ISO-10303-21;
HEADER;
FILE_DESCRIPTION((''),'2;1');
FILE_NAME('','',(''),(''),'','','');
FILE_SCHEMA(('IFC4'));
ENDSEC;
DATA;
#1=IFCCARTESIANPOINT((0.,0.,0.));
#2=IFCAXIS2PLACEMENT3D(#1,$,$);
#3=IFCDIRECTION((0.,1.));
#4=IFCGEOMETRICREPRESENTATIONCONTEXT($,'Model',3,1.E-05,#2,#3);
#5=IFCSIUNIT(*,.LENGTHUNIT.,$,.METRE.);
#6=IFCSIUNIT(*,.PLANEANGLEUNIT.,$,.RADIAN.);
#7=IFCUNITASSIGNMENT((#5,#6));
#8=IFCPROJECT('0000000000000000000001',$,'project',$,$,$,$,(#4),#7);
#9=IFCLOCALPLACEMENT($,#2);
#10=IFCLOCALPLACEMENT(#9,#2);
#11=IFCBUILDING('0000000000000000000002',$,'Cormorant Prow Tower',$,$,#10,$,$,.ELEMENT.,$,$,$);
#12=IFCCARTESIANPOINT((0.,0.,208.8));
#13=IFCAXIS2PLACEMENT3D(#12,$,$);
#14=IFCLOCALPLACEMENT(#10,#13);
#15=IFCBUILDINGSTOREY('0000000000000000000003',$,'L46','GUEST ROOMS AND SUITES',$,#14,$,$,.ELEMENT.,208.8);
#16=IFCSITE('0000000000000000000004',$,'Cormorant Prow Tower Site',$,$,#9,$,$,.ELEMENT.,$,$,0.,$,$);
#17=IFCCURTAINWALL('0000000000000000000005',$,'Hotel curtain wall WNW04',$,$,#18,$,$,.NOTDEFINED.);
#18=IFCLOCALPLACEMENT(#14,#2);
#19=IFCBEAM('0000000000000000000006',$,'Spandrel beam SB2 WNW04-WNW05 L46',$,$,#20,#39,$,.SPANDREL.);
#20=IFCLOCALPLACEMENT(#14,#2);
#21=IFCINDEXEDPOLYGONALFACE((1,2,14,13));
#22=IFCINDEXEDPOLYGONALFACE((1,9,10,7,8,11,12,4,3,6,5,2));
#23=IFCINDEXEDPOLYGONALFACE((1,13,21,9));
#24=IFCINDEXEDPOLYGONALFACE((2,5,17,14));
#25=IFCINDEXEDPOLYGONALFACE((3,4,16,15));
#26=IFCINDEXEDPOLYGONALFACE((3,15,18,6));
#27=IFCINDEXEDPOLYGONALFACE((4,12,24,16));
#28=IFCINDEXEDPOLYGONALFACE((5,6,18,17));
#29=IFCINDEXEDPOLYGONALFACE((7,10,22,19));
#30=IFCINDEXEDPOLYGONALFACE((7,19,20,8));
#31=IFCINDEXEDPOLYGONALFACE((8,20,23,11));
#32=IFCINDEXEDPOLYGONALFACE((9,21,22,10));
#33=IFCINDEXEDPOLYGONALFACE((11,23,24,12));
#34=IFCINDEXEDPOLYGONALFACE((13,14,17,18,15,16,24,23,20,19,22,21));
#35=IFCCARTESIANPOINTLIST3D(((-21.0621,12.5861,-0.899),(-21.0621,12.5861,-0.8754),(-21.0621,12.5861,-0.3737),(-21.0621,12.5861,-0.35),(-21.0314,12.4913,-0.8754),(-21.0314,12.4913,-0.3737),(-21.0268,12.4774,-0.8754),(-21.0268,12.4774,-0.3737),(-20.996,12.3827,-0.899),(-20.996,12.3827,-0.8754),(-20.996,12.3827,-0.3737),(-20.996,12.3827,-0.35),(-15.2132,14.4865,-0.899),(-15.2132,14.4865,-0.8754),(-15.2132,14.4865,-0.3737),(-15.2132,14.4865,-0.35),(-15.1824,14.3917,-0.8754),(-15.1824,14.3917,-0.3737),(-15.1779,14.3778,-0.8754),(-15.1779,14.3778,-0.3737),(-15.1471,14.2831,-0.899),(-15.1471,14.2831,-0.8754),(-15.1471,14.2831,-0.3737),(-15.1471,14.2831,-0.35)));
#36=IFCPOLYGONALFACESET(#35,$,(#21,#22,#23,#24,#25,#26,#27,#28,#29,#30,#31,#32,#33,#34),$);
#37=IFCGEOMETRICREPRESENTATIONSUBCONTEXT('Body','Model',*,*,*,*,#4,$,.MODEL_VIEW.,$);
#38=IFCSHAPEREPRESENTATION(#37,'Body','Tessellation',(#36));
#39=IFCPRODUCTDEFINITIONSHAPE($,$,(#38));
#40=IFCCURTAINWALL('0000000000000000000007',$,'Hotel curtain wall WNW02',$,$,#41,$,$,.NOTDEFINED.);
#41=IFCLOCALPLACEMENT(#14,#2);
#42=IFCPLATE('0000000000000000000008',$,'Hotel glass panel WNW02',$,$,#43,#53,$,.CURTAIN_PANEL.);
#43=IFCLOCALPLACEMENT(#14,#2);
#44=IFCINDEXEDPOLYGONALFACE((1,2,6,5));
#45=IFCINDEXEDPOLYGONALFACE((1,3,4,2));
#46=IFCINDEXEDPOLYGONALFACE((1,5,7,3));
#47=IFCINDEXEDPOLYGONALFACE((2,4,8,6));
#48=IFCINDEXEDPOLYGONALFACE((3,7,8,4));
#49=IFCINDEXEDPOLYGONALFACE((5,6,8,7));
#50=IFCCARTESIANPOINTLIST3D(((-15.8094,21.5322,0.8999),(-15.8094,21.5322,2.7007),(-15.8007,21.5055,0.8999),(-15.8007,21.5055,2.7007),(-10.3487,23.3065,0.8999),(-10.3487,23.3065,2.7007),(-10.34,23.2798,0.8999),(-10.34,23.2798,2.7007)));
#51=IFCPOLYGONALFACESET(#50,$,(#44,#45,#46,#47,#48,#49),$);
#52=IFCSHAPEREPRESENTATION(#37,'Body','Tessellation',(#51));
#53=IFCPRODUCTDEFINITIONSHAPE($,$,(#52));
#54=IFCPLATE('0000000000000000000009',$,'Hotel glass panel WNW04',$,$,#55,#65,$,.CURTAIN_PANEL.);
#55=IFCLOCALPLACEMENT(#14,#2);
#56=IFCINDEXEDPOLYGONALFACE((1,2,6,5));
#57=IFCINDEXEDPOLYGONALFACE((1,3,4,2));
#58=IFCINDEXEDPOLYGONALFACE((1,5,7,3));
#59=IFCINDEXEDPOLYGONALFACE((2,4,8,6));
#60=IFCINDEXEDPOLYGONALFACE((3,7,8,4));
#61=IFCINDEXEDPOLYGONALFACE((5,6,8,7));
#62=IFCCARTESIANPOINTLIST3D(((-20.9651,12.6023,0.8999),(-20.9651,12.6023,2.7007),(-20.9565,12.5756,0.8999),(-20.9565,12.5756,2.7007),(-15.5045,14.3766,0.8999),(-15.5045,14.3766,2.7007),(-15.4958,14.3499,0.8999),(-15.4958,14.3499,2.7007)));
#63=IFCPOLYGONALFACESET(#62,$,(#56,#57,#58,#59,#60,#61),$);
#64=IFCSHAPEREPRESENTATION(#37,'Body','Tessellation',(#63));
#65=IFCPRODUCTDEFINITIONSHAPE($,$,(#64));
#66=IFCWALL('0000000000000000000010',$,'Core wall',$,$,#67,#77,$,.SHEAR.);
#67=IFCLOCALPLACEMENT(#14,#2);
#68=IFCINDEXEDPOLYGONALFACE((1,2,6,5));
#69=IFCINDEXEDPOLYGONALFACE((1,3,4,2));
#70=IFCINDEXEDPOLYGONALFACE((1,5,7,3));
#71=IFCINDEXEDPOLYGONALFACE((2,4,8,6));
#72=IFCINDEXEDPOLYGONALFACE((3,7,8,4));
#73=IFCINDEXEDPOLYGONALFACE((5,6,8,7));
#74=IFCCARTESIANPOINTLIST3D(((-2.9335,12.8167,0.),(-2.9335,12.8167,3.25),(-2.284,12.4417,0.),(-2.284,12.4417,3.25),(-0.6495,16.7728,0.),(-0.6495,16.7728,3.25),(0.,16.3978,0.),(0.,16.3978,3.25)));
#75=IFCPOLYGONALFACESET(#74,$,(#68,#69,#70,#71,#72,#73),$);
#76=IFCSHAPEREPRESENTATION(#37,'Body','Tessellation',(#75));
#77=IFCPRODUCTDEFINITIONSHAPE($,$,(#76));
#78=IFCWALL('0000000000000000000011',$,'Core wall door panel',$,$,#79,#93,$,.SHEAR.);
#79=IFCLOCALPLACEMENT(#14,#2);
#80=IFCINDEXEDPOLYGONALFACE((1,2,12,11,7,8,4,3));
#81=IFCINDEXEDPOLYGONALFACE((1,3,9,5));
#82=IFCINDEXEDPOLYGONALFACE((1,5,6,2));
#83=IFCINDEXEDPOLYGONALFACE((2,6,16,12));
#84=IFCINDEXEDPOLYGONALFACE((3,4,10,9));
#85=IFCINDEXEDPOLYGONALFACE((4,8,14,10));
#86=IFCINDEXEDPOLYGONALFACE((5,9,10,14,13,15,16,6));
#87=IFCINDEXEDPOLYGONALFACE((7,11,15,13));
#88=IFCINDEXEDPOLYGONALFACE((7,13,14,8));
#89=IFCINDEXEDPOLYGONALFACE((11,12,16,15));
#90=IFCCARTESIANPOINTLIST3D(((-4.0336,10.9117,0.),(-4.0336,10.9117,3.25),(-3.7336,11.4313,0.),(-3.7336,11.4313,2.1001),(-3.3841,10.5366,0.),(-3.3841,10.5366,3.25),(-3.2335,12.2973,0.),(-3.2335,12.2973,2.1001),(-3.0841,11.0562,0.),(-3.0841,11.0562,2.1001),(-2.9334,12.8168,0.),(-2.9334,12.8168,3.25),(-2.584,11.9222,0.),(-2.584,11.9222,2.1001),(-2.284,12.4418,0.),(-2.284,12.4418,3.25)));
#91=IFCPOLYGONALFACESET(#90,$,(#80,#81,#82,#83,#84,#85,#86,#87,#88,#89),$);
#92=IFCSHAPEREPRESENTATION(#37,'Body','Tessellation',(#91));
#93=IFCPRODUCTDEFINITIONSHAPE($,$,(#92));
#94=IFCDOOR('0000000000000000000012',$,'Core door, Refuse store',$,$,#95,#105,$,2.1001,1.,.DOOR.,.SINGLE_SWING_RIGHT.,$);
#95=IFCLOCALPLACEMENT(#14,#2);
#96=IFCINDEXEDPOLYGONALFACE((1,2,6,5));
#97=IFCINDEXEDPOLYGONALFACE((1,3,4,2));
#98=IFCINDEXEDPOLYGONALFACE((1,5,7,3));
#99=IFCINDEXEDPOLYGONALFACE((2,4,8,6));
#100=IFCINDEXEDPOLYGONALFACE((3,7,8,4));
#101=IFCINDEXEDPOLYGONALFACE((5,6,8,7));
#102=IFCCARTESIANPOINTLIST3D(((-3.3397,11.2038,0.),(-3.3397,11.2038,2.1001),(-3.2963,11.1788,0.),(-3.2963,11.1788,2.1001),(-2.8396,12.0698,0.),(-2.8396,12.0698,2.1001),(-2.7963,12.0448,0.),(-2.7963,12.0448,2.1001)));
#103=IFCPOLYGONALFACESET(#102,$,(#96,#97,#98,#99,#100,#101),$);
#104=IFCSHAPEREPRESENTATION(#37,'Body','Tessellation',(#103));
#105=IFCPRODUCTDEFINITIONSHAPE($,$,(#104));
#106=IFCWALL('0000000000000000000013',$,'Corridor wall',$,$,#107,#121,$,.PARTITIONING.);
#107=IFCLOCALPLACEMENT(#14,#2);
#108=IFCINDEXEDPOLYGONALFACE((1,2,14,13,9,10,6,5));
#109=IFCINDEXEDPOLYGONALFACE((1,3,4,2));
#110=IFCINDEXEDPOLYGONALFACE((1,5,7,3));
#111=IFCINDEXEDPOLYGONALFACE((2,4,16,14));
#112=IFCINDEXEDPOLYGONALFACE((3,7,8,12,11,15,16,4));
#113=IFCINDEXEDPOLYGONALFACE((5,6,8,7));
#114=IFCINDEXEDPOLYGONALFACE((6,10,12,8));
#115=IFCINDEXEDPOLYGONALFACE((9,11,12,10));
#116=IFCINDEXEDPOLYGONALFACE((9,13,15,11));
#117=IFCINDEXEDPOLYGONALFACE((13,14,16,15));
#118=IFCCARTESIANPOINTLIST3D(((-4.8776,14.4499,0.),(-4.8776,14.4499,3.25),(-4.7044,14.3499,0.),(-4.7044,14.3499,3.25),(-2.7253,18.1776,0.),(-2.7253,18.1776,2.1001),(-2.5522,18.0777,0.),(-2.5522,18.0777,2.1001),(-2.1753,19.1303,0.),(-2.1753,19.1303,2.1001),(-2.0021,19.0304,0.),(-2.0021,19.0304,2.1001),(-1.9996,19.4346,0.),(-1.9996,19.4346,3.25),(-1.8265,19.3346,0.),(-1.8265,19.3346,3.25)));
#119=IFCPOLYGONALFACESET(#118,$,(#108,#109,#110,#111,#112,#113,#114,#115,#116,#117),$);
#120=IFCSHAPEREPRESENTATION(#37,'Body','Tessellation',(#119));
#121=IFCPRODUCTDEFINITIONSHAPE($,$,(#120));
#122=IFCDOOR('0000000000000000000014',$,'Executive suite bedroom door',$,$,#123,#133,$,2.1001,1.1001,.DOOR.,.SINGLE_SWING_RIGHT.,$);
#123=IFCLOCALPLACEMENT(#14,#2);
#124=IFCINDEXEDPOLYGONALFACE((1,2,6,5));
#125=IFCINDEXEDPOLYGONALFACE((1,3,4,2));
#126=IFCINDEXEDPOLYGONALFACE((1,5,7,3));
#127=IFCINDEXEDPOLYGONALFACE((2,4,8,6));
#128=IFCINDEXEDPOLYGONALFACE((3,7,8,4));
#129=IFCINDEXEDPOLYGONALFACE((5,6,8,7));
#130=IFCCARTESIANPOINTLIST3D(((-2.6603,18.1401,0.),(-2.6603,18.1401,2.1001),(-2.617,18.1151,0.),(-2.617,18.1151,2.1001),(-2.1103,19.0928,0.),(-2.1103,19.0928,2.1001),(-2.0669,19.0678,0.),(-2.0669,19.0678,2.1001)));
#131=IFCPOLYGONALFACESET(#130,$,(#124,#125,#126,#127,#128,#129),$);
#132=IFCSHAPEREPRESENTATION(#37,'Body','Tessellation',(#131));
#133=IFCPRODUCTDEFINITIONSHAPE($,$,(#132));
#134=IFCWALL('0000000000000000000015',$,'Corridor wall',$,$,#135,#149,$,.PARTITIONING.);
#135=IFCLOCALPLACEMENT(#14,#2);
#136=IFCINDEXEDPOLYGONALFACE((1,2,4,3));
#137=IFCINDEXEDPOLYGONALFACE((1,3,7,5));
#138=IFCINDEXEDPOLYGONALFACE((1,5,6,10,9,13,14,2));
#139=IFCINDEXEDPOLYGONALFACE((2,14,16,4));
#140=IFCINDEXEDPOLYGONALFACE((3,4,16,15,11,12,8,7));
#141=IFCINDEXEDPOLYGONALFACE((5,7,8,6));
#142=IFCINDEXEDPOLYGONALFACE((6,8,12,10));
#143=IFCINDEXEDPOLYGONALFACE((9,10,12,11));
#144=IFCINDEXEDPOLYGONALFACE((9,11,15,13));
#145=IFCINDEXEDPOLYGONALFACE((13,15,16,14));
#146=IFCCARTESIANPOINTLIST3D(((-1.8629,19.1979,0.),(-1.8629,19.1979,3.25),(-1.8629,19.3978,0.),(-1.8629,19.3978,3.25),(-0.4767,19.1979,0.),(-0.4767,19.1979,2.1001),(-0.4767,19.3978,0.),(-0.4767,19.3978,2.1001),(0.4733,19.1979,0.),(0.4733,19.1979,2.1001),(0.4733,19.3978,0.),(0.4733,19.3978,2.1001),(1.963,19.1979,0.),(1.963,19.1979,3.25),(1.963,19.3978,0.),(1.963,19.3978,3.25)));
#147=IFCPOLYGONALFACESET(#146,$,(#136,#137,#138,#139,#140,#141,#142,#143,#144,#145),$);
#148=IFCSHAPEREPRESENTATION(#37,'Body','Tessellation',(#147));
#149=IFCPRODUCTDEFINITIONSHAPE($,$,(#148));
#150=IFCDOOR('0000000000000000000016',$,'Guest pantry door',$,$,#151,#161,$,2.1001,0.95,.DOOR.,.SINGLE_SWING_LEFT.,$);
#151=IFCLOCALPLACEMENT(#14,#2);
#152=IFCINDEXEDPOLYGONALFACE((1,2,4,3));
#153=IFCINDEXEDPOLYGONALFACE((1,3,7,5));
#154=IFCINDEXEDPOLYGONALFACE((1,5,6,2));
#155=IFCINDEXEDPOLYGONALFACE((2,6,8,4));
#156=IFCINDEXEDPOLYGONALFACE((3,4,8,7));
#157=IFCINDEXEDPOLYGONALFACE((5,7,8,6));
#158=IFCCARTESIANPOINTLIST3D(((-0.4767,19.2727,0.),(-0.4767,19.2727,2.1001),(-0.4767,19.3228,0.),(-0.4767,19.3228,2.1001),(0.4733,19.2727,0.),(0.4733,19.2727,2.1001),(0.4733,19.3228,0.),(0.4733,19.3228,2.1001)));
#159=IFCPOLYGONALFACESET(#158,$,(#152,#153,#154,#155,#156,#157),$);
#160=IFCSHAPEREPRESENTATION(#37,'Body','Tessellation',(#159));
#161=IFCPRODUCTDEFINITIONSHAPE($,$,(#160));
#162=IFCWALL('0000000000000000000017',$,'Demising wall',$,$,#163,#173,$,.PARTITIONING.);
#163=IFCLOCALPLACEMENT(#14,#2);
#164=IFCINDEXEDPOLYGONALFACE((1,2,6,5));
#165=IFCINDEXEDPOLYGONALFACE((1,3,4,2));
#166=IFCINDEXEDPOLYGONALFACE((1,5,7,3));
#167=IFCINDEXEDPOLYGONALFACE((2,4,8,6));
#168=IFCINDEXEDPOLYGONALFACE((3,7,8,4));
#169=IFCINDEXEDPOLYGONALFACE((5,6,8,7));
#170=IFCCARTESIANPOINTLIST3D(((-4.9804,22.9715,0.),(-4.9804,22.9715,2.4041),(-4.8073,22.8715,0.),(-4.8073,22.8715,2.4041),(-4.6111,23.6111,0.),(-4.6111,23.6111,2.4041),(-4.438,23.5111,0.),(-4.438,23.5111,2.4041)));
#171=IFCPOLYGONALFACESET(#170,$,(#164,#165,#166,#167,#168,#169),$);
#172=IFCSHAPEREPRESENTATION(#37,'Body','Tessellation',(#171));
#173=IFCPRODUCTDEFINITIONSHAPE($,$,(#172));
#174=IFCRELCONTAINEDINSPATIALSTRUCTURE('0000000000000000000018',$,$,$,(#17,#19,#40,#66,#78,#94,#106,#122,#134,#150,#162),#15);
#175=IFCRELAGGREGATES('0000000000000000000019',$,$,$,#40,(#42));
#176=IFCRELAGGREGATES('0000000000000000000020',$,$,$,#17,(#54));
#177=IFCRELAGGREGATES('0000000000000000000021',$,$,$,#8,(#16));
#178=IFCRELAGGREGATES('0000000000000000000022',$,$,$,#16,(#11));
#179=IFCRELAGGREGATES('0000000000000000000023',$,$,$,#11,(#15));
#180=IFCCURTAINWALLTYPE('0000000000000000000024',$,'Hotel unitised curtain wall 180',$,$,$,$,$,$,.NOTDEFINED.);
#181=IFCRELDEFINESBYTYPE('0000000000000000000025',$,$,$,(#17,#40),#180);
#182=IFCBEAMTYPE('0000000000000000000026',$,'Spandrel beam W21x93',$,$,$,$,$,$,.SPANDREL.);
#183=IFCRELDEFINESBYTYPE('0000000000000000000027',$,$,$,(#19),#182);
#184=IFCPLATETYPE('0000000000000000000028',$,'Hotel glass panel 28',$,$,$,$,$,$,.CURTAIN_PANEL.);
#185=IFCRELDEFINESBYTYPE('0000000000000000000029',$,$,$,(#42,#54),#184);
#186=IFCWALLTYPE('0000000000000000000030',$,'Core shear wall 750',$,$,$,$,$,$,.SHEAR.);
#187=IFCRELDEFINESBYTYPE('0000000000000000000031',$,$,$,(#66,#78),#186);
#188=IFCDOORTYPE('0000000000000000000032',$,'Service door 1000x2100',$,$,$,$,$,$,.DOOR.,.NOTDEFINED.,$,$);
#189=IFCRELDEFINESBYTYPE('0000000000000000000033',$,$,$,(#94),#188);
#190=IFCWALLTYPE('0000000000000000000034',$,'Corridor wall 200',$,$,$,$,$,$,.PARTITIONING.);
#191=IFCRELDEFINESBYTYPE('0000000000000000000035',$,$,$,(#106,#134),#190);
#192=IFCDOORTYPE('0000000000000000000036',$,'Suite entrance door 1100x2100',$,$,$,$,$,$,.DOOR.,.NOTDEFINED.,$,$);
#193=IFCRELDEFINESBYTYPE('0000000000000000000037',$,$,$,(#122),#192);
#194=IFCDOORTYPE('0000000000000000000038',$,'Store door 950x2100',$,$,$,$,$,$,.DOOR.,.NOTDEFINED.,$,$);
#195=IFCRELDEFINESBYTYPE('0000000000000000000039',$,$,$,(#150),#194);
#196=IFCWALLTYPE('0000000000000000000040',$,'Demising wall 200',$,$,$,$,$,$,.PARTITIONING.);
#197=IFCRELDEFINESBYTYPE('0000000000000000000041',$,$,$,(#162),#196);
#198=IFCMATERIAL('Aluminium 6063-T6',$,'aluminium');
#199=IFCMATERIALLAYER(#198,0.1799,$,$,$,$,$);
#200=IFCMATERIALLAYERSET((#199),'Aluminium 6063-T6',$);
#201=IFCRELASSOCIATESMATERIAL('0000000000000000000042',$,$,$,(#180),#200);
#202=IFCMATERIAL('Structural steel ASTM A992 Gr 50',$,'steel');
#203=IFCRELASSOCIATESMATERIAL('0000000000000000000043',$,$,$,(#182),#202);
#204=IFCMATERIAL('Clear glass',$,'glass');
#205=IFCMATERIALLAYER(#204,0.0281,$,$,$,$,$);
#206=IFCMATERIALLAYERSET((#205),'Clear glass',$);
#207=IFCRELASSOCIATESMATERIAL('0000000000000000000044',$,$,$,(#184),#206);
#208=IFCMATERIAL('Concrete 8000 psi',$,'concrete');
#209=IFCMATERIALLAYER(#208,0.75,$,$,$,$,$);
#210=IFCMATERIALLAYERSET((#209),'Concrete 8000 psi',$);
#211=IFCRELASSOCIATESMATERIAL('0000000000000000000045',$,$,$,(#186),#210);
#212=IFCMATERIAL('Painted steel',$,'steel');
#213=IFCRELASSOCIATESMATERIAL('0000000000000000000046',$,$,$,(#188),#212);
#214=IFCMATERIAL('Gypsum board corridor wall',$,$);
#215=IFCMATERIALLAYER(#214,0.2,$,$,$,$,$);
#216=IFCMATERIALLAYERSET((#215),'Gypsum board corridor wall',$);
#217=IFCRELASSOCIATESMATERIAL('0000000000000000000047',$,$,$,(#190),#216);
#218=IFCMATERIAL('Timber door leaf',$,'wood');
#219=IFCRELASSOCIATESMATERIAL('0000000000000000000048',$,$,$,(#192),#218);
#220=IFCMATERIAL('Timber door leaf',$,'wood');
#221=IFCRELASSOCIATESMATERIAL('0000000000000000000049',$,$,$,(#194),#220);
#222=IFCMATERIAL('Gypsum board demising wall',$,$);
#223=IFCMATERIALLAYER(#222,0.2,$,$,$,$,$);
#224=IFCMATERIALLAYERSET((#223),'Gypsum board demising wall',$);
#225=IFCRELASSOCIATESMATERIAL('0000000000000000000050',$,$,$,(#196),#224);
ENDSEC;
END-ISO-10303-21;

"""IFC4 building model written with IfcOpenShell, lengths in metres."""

from ifc_helpers import new_model, si_unit, direction, frame, frame_2d, origin, origin_2d, place, context, subcontext, project, spatial, rectangle, i_section, extrude, material, layer, layer_set, material_profile, profile_set, type_object, element, fill, aggregate, save


model = new_model("IFC4")

# Units and contexts
model_context = context("Model", 3, precision=1e-05, world=origin(), true_north=direction((0.0, 1.0)))
body_context = subcontext(model_context, "Body", "Model", "MODEL_VIEW")
ifc_project = project(units=[si_unit("LENGTHUNIT", "METRE"), si_unit("PLANEANGLEUNIT", "RADIAN")], contexts=[model_context])

# Site, building, storey
site_placement = place(None, origin())
site = spatial("IfcSite", under=ifc_project, at=site_placement, Name="Cormorant Prow Tower Site", CompositionType="ELEMENT", RefElevation=0.0)
building_placement = place(site_placement, origin())
building = spatial("IfcBuilding", under=site, at=building_placement, Name="Cormorant Prow Tower", CompositionType="ELEMENT")
storey_placement = place(building_placement, frame((0.0, 0.0, 208.8)))
storey = spatial("IfcBuildingStorey", under=building, at=storey_placement, Name="L46", Description="GUEST ROOMS AND SUITES", CompositionType="ELEMENT", Elevation=208.8)

# Curtain wall
ifc_material_1 = material(Name="Aluminium 6063-T6", Category="aluminium")
ifc_layer_1 = layer(ifc_material_1, 0.1799)
ifc_layer_set_1 = layer_set([ifc_layer_1], Name="Aluminium 6063-T6")
curtain_wall_type = type_object("IfcCurtainWallType", Name="Hotel unitised curtain wall 180", PredefinedType="NOTDEFINED", material=ifc_layer_set_1)
curtain_wall_1_placement = place(storey_placement, origin())
curtain_wall_1 = element("IfcCurtainWall", 1, at=curtain_wall_1_placement, inside=storey, type_object=curtain_wall_type, Name="Hotel curtain wall WNW04", PredefinedType="NOTDEFINED")

# Beam
ifc_material_2 = material(Name="Structural steel ASTM A992 Gr 50", Category="steel")
ifc_material_profile_1 = material_profile(ifc_material_2, i_section(OverallWidth=0.2139, OverallDepth=0.5491, WebThickness=0.0146, FlangeThickness=0.0237, at=origin_2d()), Name="W21x93")
ifc_profile_set_1 = profile_set([ifc_material_profile_1], Name="Structural steel ASTM A992 Gr 50")
beam_type_1 = type_object("IfcBeamType", Name="Spandrel beam W21x93", PredefinedType="SPANDREL", material=ifc_profile_set_1)
beam_1_placement = place(storey_placement, frame((-15.1802, 14.3848, -0.6245), z_axis=(-0.951058, -0.309013, 0.0), x_axis=(0.309013, -0.951058, 0.0)))
element("IfcBeam", 2, at=beam_1_placement, inside=storey, type_object=beam_type_1, Name="Spandrel beam SB2 WNW04-WNW05 L46", PredefinedType="SPANDREL", context=body_context, shape_type="SweptSolid", body=[
    extrude(i_section(OverallWidth=0.2139, OverallDepth=0.5491, WebThickness=0.0146, FlangeThickness=0.0237, at=origin_2d()), origin(), (0.0, 0.0, 1.0), 6.1499),
])

# Curtain wall, plate
curtain_wall_2_placement = place(storey_placement, origin())
curtain_wall_2 = element("IfcCurtainWall", 3, at=curtain_wall_2_placement, inside=storey, type_object=curtain_wall_type, Name="Hotel curtain wall WNW02", PredefinedType="NOTDEFINED")
ifc_material_3 = material(Name="Clear glass", Category="glass")
ifc_layer_2 = layer(ifc_material_3, 0.0281)
ifc_layer_set_2 = layer_set([ifc_layer_2], Name="Clear glass")
plate_type = type_object("IfcPlateType", Name="Hotel glass panel 28", PredefinedType="CURTAIN_PANEL", material=ifc_layer_set_2)
plate_1_placement = place(storey_placement, frame((-13.0747, 22.406, 0.8999), z_axis=(0.0, 0.0, 1.0), x_axis=(-0.951057, -0.309017, 0.0)))
plate_1 = element("IfcPlate", 4, at=plate_1_placement, type_object=plate_type, Name="Hotel glass panel WNW02", PredefinedType="CURTAIN_PANEL", context=body_context, shape_type="SweptSolid", body=[
    extrude(rectangle(XDim=5.7417, YDim=0.0281, at=origin_2d()), origin(), (0.0, 0.0, 1.0), 1.8008),
])
aggregate(curtain_wall_2, [plate_1])

# Plate
plate_2_placement = place(storey_placement, frame((-18.2305, 13.4761, 0.8999), z_axis=(0.0, 0.0, 1.0), x_axis=(-0.951057, -0.309017, 0.0)))
plate_2 = element("IfcPlate", 5, at=plate_2_placement, type_object=plate_type, Name="Hotel glass panel WNW04", PredefinedType="CURTAIN_PANEL", context=body_context, shape_type="SweptSolid", body=[
    extrude(rectangle(XDim=5.7417, YDim=0.0281, at=origin_2d()), origin(), (0.0, 0.0, 1.0), 1.8008),
])
aggregate(curtain_wall_1, [plate_2])

# Wall
ifc_material_4 = material(Name="Concrete 8000 psi", Category="concrete")
ifc_layer_3 = layer(ifc_material_4, 0.75)
ifc_layer_set_3 = layer_set([ifc_layer_3], Name="Concrete 8000 psi")
wall_type_1 = type_object("IfcWallType", Name="Core shear wall 750", PredefinedType="SHEAR", material=ifc_layer_set_3)
wall_1_placement = place(storey_placement, frame((-0.3247, 16.5854, 0.0), z_axis=(0.0, 0.0, 1.0), x_axis=(-0.499985, -0.866034, 0.0)))
element("IfcWall", 6, at=wall_1_placement, inside=storey, type_object=wall_type_1, Name="Core wall", PredefinedType="SHEAR", context=body_context, shape_type="SweptSolid", body=[
    extrude(rectangle(XDim=4.5681, YDim=0.75, at=frame_2d((2.2842, 0.0))), origin(), (0.0, 0.0, 1.0), 3.25),
])

# Walls, openings, doors
wall_2_placement = place(storey_placement, frame((-2.6086, 12.6294, 0.0), z_axis=(0.0, 0.0, 1.0), x_axis=(-0.500078, -0.86598, 0.0)))
wall_2 = element("IfcWall", 7, at=wall_2_placement, inside=storey, type_object=wall_type_1, Name="Core wall door panel", PredefinedType="SHEAR", context=body_context, shape_type="SweptSolid", body=[
    extrude(rectangle(XDim=2.2, YDim=0.75, at=frame_2d((1.1001, 0.0))), origin(), (0.0, 0.0, 1.0), 3.25),
])
opening_1_placement = place(wall_2_placement, frame((0.6001, 0.0, 0.0)))
opening_1 = element("IfcOpeningElement", 8, at=opening_1_placement, cuts=wall_2, PredefinedType="OPENING", context=body_context, shape_type="SweptSolid", body=[
    extrude(rectangle(XDim=1.0, YDim=2.1001, at=frame_2d((0.5, 1.05))), frame((0.0, 0.385, 0.0), z_axis=(0.0, -1.0, 0.0), x_axis=(1.0, 0.0, 0.0)), (0.0, 0.0, 1.0), 0.77),
])
ifc_material_5 = material(Name="Painted steel", Category="steel")
door_type_1 = type_object("IfcDoorType", Name="Service door 1000x2100", OperationType="NOTDEFINED", PredefinedType="DOOR", material=ifc_material_5)
door_1_placement = place(opening_1_placement, origin())
door_1 = element("IfcDoor", 9, at=door_1_placement, inside=storey, type_object=door_type_1, Name="Core door, Refuse store", OperationType="SINGLE_SWING_RIGHT", OverallHeight=2.1001, OverallWidth=1.0, PredefinedType="DOOR", context=body_context, shape_type="SweptSolid", body=[
    extrude(rectangle(XDim=1.0, YDim=2.1001, at=frame_2d((0.5, 1.05))), frame((0.0, 0.1299, 0.0), z_axis=(0.0, -1.0, 0.0), x_axis=(1.0, 0.0, 0.0)), (0.0, 0.0, 1.0), 0.05),
])
fill(opening_1, door_1)
ifc_material_6 = material(Name="Gypsum board corridor wall")
ifc_layer_4 = layer(ifc_material_6, 0.2)
ifc_layer_set_4 = layer_set([ifc_layer_4], Name="Gypsum board corridor wall")
wall_type_2 = type_object("IfcWallType", Name="Corridor wall 200", PredefinedType="PARTITIONING", material=ifc_layer_set_4)
wall_3_placement = place(storey_placement, frame((-4.791, 14.3999, 0.0), z_axis=(0.0, 0.0, 1.0), x_axis=(0.500008, 0.866021, 0.0)))
wall_3 = element("IfcWall", 10, at=wall_3_placement, inside=storey, type_object=wall_type_2, Name="Corridor wall", PredefinedType="PARTITIONING", context=body_context, shape_type="SweptSolid", body=[
    extrude(rectangle(XDim=5.7559, YDim=0.2, at=frame_2d((2.8779, 0.0))), origin(), (0.0, 0.0, 1.0), 3.25),
])
opening_2_placement = place(wall_3_placement, frame((4.3044, 0.0, 0.0)))
opening_2 = element("IfcOpeningElement", 11, at=opening_2_placement, cuts=wall_3, PredefinedType="OPENING", context=body_context, shape_type="SweptSolid", body=[
    extrude(rectangle(XDim=1.1001, YDim=2.1001, at=frame_2d((0.55, 1.05))), frame((0.0, 0.1099, 0.0), z_axis=(0.0, -1.0, 0.0), x_axis=(1.0, 0.0, 0.0)), (0.0, 0.0, 1.0), 0.22),
])
ifc_material_7 = material(Name="Timber door leaf", Category="wood")
door_type_2 = type_object("IfcDoorType", Name="Suite entrance door 1100x2100", OperationType="NOTDEFINED", PredefinedType="DOOR", material=ifc_material_7)
door_2_placement = place(opening_2_placement, origin())
door_2 = element("IfcDoor", 12, at=door_2_placement, inside=storey, type_object=door_type_2, Name="Executive suite bedroom door", OperationType="SINGLE_SWING_RIGHT", OverallHeight=2.1001, OverallWidth=1.1001, PredefinedType="DOOR", context=body_context, shape_type="SweptSolid", body=[
    extrude(rectangle(XDim=1.1001, YDim=2.1001, at=frame_2d((0.55, 1.05))), frame((0.0, 0.0249, 0.0), z_axis=(0.0, -1.0, 0.0), x_axis=(1.0, 0.0, 0.0)), (0.0, 0.0, 1.0), 0.05),
])
fill(opening_2, door_2)
wall_4_placement = place(storey_placement, frame((-1.863, 19.2979, 0.0), z_axis=(0.0, 0.0, 1.0), x_axis=(1.0, 0.0, 0.0)))
wall_4 = element("IfcWall", 13, at=wall_4_placement, inside=storey, type_object=wall_type_2, Name="Corridor wall", PredefinedType="PARTITIONING", context=body_context, shape_type="SweptSolid", body=[
    extrude(rectangle(XDim=3.8259, YDim=0.2, at=frame_2d((1.9131, 0.0))), origin(), (0.0, 0.0, 1.0), 3.25),
])
opening_3_placement = place(wall_4_placement, frame((1.3862, 0.0, 0.0)))
opening_3 = element("IfcOpeningElement", 14, at=opening_3_placement, cuts=wall_4, PredefinedType="OPENING", context=body_context, shape_type="SweptSolid", body=[
    extrude(rectangle(XDim=0.95, YDim=2.1001, at=frame_2d((0.4751, 1.05))), frame((0.0, 0.1099, 0.0), z_axis=(0.0, -1.0, 0.0), x_axis=(1.0, 0.0, 0.0)), (0.0, 0.0, 1.0), 0.22),
])
ifc_material_8 = material(Name="Timber door leaf", Category="wood")
door_type_3 = type_object("IfcDoorType", Name="Store door 950x2100", OperationType="NOTDEFINED", PredefinedType="DOOR", material=ifc_material_8)
door_3_placement = place(opening_3_placement, origin())
door_3 = element("IfcDoor", 15, at=door_3_placement, inside=storey, type_object=door_type_3, Name="Guest pantry door", OperationType="SINGLE_SWING_LEFT", OverallHeight=2.1001, OverallWidth=0.95, PredefinedType="DOOR", context=body_context, shape_type="SweptSolid", body=[
    extrude(rectangle(XDim=0.95, YDim=2.1001, at=frame_2d((0.4751, 1.05))), frame((0.0, 0.0249, 0.0), z_axis=(0.0, -1.0, 0.0), x_axis=(1.0, 0.0, 0.0)), (0.0, 0.0, 1.0), 0.05),
])
fill(opening_3, door_3)

# Wall
ifc_material_9 = material(Name="Gypsum board demising wall")
ifc_layer_5 = layer(ifc_material_9, 0.2)
ifc_layer_set_5 = layer_set([ifc_layer_5], Name="Gypsum board demising wall")
wall_type_3 = type_object("IfcWallType", Name="Demising wall 200", PredefinedType="PARTITIONING", material=ifc_layer_set_5)
wall_5_placement = place(storey_placement, frame((-4.8938, 22.9216, 0.0), z_axis=(0.0, 0.0, 1.0), x_axis=(0.500085, 0.865976, 0.0)))
element("IfcWall", 16, at=wall_5_placement, inside=storey, type_object=wall_type_3, Name="Demising wall", PredefinedType="PARTITIONING", context=body_context, shape_type="SweptSolid", body=[
    extrude(rectangle(XDim=0.7385, YDim=0.2, at=frame_2d((0.3691, 0.0))), origin(), (0.0, 0.0, 1.0), 2.4041),
])

save(model, "model.ifc")
